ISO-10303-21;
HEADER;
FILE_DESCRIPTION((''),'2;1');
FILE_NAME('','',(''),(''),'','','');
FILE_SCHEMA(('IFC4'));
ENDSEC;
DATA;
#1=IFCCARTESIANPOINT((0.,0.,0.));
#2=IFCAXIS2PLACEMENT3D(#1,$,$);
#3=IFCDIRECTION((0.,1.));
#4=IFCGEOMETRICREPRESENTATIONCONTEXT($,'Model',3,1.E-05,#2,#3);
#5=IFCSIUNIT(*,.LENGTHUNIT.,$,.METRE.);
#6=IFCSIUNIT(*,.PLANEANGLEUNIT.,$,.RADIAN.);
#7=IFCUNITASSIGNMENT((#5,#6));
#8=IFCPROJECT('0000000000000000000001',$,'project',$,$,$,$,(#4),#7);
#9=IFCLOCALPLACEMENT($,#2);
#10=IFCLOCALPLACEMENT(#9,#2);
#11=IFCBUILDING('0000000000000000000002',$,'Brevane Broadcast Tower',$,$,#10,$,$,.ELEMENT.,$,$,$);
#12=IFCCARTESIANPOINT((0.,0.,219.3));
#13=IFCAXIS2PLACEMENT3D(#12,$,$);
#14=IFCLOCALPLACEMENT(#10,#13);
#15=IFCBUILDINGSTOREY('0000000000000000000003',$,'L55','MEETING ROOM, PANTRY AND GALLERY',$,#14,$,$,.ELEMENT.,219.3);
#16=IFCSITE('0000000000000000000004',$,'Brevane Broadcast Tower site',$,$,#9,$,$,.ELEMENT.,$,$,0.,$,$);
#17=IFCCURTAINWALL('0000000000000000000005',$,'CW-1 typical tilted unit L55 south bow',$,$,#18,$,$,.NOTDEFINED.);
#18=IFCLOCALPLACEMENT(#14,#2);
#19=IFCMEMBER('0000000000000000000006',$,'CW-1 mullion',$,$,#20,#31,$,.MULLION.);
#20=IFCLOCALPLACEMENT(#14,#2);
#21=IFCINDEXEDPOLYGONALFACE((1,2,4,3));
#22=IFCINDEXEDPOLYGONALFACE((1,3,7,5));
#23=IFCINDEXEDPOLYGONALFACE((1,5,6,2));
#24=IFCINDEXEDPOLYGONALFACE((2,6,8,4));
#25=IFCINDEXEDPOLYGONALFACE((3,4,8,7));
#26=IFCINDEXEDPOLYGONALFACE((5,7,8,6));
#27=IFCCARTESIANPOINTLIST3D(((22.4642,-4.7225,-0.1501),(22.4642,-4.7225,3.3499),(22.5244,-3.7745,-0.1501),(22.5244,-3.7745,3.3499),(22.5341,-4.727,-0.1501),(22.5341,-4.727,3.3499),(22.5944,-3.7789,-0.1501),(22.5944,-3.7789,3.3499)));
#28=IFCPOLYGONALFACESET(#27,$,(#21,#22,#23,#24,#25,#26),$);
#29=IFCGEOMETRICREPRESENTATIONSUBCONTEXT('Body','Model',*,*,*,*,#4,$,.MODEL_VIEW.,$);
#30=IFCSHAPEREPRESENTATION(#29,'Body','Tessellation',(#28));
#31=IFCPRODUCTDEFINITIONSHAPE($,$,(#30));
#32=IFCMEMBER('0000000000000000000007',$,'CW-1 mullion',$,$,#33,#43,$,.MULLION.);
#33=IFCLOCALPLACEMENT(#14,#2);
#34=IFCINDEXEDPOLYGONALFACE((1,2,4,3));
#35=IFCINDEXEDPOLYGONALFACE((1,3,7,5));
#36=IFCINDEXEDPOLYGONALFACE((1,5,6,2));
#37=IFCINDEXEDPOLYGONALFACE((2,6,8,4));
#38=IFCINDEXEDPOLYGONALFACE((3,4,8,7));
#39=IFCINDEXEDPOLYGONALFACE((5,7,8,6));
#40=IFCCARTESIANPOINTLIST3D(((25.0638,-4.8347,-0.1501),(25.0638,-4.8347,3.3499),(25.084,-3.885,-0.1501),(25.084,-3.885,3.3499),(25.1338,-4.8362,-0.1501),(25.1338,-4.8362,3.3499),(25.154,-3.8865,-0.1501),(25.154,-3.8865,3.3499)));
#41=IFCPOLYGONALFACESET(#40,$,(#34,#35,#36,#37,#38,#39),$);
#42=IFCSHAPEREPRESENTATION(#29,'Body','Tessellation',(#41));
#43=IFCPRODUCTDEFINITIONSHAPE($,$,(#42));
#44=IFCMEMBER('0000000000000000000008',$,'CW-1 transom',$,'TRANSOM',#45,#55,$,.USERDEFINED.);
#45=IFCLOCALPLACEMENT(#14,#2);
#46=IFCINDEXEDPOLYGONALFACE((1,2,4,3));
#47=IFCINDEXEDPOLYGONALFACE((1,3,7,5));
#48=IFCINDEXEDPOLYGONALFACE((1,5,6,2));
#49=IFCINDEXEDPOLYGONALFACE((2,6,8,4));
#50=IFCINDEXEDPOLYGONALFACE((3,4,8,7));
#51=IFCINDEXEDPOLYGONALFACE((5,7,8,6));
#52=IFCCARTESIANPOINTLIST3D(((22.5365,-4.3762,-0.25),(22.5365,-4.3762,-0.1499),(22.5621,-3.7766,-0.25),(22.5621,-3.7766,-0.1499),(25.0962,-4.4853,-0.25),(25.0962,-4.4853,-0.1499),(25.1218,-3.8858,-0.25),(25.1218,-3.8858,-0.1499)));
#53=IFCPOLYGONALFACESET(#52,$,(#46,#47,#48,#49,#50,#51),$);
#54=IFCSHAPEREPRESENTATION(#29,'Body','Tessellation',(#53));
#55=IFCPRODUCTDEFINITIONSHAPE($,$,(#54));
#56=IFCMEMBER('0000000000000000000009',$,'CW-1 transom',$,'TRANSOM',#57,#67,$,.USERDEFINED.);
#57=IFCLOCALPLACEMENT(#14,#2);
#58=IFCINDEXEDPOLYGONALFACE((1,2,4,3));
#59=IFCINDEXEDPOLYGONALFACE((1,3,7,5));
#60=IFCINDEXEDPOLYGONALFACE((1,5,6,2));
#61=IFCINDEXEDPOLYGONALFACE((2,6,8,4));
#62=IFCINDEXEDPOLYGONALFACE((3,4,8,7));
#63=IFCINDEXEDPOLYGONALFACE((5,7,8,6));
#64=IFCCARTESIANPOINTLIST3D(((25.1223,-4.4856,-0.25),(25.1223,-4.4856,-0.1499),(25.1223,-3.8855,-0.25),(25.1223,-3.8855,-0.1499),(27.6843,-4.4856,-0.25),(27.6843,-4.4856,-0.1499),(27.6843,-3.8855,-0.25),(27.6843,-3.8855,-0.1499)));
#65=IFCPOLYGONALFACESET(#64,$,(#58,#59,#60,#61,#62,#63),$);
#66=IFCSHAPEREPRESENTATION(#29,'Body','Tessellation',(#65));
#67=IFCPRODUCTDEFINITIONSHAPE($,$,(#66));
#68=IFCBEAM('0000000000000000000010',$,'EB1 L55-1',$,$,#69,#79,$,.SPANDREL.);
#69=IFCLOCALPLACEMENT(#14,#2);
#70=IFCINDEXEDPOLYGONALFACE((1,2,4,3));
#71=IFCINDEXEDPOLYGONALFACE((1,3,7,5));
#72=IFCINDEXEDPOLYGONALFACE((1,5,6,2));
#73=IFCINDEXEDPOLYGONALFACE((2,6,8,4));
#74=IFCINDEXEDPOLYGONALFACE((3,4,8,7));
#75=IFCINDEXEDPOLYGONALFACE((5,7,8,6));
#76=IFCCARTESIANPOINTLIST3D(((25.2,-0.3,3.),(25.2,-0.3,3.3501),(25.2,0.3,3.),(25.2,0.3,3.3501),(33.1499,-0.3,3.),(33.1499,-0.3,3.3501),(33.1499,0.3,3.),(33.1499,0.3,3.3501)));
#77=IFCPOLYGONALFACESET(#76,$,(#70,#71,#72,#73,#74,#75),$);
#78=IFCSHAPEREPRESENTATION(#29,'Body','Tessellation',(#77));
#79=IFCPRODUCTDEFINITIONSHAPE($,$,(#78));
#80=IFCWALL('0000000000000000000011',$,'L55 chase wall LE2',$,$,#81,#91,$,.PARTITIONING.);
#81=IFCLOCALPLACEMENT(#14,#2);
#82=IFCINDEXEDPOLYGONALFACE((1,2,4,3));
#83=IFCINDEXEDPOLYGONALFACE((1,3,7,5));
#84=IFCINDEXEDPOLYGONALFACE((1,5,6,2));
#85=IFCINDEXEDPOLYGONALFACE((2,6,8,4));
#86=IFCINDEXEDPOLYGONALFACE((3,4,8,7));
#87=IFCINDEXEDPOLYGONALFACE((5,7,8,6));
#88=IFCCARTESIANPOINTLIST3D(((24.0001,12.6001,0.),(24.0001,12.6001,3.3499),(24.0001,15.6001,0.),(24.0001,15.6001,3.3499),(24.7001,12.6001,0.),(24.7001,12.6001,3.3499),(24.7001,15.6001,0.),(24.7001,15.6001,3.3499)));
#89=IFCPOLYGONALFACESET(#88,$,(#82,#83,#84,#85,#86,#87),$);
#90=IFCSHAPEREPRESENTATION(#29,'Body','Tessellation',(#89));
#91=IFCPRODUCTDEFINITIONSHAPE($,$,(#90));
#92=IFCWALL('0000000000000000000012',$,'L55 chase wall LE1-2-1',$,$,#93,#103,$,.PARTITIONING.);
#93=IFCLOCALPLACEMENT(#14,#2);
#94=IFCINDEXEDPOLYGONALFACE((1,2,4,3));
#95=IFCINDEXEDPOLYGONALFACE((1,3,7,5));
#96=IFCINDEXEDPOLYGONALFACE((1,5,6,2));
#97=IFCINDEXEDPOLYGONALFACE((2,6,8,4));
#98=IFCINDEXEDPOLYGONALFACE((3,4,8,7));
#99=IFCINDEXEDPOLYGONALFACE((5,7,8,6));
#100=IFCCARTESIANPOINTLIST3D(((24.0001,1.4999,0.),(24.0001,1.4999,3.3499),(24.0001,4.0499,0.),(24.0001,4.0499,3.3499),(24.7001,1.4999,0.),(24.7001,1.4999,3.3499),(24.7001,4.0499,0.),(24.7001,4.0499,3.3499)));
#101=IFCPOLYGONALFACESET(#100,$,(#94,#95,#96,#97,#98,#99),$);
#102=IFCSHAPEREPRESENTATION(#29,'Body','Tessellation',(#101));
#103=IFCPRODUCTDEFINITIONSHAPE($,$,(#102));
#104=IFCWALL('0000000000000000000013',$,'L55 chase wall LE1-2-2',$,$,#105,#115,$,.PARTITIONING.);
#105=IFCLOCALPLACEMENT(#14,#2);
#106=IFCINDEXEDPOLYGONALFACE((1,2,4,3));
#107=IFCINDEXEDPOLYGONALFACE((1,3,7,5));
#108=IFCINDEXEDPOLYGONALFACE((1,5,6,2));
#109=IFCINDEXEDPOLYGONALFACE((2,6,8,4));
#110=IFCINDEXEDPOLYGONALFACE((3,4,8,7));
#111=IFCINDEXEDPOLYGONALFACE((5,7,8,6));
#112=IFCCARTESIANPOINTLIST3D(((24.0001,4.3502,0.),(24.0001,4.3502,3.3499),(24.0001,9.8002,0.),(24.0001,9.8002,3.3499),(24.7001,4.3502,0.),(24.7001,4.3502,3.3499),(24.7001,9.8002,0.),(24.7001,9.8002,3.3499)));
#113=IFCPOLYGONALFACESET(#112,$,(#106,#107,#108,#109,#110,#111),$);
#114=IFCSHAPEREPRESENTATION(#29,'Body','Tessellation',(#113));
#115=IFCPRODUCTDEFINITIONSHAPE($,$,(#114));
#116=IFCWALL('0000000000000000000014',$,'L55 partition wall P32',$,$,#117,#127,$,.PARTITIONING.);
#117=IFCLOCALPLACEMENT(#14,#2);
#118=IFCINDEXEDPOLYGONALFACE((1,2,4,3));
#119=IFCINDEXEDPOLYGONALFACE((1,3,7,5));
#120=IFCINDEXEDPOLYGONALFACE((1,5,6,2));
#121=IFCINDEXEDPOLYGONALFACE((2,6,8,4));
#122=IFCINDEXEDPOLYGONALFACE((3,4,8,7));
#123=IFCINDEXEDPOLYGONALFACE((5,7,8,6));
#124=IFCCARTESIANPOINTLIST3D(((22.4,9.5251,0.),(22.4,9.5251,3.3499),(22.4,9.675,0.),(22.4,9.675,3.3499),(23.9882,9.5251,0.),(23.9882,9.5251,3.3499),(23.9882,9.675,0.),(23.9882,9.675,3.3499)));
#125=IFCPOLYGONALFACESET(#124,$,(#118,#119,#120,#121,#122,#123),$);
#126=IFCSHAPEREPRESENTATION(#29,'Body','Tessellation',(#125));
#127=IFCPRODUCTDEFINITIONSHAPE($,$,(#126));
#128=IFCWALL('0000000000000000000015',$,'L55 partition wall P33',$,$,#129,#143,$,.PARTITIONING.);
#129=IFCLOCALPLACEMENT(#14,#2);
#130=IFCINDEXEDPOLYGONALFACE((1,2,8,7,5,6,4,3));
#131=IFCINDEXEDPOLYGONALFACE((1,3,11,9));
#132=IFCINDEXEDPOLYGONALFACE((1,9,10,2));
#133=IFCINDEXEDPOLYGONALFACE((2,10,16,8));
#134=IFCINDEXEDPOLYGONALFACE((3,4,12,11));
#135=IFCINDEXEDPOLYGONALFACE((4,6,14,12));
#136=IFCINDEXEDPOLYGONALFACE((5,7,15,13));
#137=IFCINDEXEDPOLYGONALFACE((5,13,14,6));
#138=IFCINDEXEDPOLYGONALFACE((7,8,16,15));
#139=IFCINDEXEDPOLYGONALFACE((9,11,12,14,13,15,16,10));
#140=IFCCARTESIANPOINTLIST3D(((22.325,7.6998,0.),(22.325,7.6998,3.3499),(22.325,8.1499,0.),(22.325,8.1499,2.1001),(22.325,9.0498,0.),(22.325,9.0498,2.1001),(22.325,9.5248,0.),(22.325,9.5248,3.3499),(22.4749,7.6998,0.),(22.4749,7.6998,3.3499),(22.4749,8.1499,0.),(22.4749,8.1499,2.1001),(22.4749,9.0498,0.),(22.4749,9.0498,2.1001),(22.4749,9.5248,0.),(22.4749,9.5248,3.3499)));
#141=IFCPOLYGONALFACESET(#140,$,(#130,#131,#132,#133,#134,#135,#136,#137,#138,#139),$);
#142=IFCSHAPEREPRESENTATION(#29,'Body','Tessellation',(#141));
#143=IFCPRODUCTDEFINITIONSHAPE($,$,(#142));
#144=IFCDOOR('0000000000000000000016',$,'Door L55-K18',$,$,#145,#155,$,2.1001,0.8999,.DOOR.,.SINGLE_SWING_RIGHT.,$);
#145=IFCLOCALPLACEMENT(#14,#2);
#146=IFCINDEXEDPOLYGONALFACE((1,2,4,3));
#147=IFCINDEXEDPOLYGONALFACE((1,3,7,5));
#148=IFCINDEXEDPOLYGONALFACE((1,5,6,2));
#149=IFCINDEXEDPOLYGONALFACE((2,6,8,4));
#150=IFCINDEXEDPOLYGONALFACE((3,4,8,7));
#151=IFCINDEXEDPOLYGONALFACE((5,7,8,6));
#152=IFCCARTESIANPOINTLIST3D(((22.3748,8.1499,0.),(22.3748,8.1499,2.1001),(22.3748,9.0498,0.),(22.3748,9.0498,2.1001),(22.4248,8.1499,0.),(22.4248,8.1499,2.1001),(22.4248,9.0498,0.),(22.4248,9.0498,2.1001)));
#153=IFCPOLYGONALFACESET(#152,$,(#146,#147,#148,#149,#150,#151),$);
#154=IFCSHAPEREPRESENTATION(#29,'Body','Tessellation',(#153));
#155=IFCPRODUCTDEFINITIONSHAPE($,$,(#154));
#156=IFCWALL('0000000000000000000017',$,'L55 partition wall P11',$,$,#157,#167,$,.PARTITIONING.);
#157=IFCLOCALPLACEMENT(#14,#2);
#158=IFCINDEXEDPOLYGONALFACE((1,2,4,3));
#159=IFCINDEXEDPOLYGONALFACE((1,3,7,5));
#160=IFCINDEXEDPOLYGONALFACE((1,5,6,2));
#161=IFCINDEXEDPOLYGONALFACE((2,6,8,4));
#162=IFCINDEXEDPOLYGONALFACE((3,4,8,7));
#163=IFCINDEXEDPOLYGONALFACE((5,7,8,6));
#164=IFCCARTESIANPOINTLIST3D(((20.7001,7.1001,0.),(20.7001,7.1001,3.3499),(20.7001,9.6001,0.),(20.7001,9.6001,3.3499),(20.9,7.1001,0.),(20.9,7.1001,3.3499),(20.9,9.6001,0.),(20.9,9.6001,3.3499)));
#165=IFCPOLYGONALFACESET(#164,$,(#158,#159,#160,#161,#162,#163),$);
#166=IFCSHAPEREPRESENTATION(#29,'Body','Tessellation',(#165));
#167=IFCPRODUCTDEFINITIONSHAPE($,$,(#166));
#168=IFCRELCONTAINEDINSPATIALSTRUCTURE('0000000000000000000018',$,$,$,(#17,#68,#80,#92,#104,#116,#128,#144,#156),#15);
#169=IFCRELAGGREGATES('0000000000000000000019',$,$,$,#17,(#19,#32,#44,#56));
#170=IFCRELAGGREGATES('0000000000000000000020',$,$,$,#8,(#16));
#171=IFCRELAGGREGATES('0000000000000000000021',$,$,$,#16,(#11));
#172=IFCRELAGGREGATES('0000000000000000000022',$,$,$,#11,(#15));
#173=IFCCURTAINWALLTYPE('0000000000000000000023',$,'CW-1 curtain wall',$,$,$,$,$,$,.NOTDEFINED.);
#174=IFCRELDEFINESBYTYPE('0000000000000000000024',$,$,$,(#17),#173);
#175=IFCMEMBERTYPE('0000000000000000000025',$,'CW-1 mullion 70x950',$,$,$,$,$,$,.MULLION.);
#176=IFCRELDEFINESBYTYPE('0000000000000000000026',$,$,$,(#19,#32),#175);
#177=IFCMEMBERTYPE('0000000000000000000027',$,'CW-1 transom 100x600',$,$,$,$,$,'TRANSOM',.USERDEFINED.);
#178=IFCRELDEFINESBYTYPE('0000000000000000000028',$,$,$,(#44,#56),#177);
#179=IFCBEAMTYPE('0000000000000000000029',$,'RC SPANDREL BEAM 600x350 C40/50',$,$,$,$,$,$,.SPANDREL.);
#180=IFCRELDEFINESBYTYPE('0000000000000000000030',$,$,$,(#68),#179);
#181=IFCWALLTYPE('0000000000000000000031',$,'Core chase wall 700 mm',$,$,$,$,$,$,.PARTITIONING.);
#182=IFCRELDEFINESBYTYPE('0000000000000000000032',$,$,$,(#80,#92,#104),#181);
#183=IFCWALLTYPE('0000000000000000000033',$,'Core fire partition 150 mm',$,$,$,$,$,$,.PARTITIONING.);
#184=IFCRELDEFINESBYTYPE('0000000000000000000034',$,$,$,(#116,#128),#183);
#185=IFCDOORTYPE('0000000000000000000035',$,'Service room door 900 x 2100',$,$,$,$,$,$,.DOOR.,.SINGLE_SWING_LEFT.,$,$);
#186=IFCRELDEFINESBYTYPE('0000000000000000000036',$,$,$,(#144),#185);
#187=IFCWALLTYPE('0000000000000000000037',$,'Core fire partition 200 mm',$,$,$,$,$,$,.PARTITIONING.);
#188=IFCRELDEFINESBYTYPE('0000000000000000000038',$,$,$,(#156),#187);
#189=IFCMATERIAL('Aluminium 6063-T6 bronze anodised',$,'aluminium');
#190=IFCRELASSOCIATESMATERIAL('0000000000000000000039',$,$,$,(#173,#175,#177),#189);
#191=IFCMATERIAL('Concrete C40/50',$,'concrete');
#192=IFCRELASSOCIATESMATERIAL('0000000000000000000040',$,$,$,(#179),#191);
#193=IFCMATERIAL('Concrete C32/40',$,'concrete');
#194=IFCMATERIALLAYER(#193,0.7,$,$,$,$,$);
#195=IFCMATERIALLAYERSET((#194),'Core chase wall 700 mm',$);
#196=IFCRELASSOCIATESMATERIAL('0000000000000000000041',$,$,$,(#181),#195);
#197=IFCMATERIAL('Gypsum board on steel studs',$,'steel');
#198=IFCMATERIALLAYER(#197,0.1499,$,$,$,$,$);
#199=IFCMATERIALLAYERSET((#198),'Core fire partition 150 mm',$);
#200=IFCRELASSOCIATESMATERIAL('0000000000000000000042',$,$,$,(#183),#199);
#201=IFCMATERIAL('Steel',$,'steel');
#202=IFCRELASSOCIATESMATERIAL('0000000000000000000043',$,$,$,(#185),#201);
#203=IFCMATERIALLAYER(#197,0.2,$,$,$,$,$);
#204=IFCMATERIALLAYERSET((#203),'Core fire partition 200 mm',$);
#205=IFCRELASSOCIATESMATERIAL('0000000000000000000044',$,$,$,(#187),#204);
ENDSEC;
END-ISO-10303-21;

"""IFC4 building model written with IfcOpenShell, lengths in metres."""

from ifc_helpers import new_model, si_unit, direction, frame, frame_2d, origin, origin_2d, place, context, subcontext, project, spatial, rectangle, extrude, material, layer, layer_set, material_profile, profile_set, type_object, element, fill, aggregate, save


model = new_model("IFC4")

# Units and contexts
model_context = context("Model", 3, precision=1e-05, world=origin(), true_north=direction((0.0, 1.0)))
body_context = subcontext(model_context, "Body", "Model", "MODEL_VIEW")
ifc_project = project(units=[si_unit("LENGTHUNIT", "METRE"), si_unit("PLANEANGLEUNIT", "RADIAN")], contexts=[model_context])

# Site, building, storey
site_placement = place(None, origin())
site = spatial("IfcSite", under=ifc_project, at=site_placement, Name="Brevane Broadcast Tower site", CompositionType="ELEMENT", RefElevation=0.0)
building_placement = place(site_placement, origin())
building = spatial("IfcBuilding", under=site, at=building_placement, Name="Brevane Broadcast Tower", CompositionType="ELEMENT")
storey_placement = place(building_placement, frame((0.0, 0.0, 219.3)))
storey = spatial("IfcBuildingStorey", under=building, at=storey_placement, Name="L55", Description="MEETING ROOM, PANTRY AND GALLERY", CompositionType="ELEMENT", Elevation=219.3)

# Curtain wall, members
ifc_material_1 = material(Name="Aluminium 6063-T6 bronze anodised", Category="aluminium")
curtain_wall_type = type_object("IfcCurtainWallType", Name="CW-1 curtain wall", PredefinedType="NOTDEFINED", material=ifc_material_1)
curtain_wall_placement = place(storey_placement, origin())
curtain_wall = element("IfcCurtainWall", 1, at=curtain_wall_placement, inside=storey, type_object=curtain_wall_type, Name="CW-1 typical tilted unit L55 south bow", PredefinedType="NOTDEFINED")
ifc_material_profile_1 = material_profile(ifc_material_1, rectangle(XDim=0.95, YDim=0.0701, at=origin_2d()), Name="RECT 70x950")
ifc_profile_set_1 = profile_set([ifc_material_profile_1], Name="Aluminium 6063-T6 bronze anodised")
member_type_1 = type_object("IfcMemberType", Name="CW-1 mullion 70x950", PredefinedType="MULLION", material=ifc_profile_set_1)
member_1_placement = place(storey_placement, frame((22.5293, -4.2507, -0.1501), z_axis=(0.0, 0.0, 1.0), x_axis=(0.063406, 0.997988, 0.0)))
member_1 = element("IfcMember", 2, at=member_1_placement, type_object=member_type_1, Name="CW-1 mullion", PredefinedType="MULLION", context=body_context, shape_type="SweptSolid", body=[
    extrude(rectangle(XDim=0.95, YDim=0.0701, at=origin_2d()), origin(), (0.0, 0.0, 1.0), 3.5),
])
member_2_placement = place(storey_placement, frame((25.1089, -4.3606, -0.1501), z_axis=(0.0, 0.0, 1.0), x_axis=(0.021282, 0.999774, 0.0)))
member_2 = element("IfcMember", 3, at=member_2_placement, type_object=member_type_1, Name="CW-1 mullion", PredefinedType="MULLION", context=body_context, shape_type="SweptSolid", body=[
    extrude(rectangle(XDim=0.95, YDim=0.0701, at=origin_2d()), origin(), (0.0, 0.0, 1.0), 3.5),
])
ifc_material_profile_2 = material_profile(ifc_material_1, rectangle(XDim=0.6001, YDim=0.1001, at=origin_2d()), Name="RECT 100x600")
ifc_profile_set_2 = profile_set([ifc_material_profile_2], Name="Aluminium 6063-T6 bronze anodised")
member_type_2 = type_object("IfcMemberType", Name="CW-1 transom 100x600", ElementType="TRANSOM", PredefinedType="USERDEFINED", material=ifc_profile_set_2)
member_3_placement = place(storey_placement, frame((22.5493, -4.0764, -0.2), z_axis=(0.999092, -0.042598, 0.0), x_axis=(0.042598, 0.999092, 0.0)))
member_3 = element("IfcMember", 4, at=member_3_placement, type_object=member_type_2, Name="CW-1 transom", ObjectType="TRANSOM", PredefinedType="USERDEFINED", context=body_context, shape_type="SweptSolid", body=[
    extrude(rectangle(XDim=0.6001, YDim=0.1001, at=origin_2d()), origin(), (0.0, 0.0, 1.0), 2.562),
])
member_4_placement = place(storey_placement, frame((25.1223, -4.1855, -0.2), z_axis=(1.0, 0.0, 0.0), x_axis=(0.0, 1.0, 0.0)))
member_4 = element("IfcMember", 5, at=member_4_placement, type_object=member_type_2, Name="CW-1 transom", ObjectType="TRANSOM", PredefinedType="USERDEFINED", context=body_context, shape_type="SweptSolid", body=[
    extrude(rectangle(XDim=0.6001, YDim=0.1001, at=origin_2d()), origin(), (0.0, 0.0, 1.0), 2.562),
])
aggregate(curtain_wall, [member_1, member_2, member_3, member_4])

# Beam
ifc_material_2 = material(Name="Concrete C40/50", Category="concrete")
ifc_material_profile_3 = material_profile(ifc_material_2, rectangle(XDim=0.6001, YDim=0.3501, at=origin_2d()), Name="RC 600x350")
ifc_profile_set_3 = profile_set([ifc_material_profile_3], Name="Concrete C40/50")
beam_type = type_object("IfcBeamType", Name="RC SPANDREL BEAM 600x350 C40/50", PredefinedType="SPANDREL", material=ifc_profile_set_3)
beam_placement = place(storey_placement, frame((25.2, 0.0, 3.175), z_axis=(1.0, 0.0, 0.0), x_axis=(0.0, 1.0, 0.0)))
element("IfcBeam", 6, at=beam_placement, inside=storey, type_object=beam_type, Name="EB1 L55-1", PredefinedType="SPANDREL", context=body_context, shape_type="SweptSolid", body=[
    extrude(rectangle(XDim=0.6001, YDim=0.3501, at=origin_2d()), origin(), (0.0, 0.0, 1.0), 7.95),
])

# Walls
ifc_material_3 = material(Name="Concrete C32/40", Category="concrete")
ifc_layer_1 = layer(ifc_material_3, 0.7)
ifc_layer_set_1 = layer_set([ifc_layer_1], Name="Core chase wall 700 mm")
wall_type_1 = type_object("IfcWallType", Name="Core chase wall 700 mm", PredefinedType="PARTITIONING", material=ifc_layer_set_1)
wall_1_placement = place(storey_placement, frame((24.3501, 12.6001, 0.0), z_axis=(0.0, 0.0, 1.0), x_axis=(0.0, 1.0, 0.0)))
element("IfcWall", 7, at=wall_1_placement, inside=storey, type_object=wall_type_1, Name="L55 chase wall LE2", PredefinedType="PARTITIONING", context=body_context, shape_type="SweptSolid", body=[
    extrude(rectangle(XDim=3.0, YDim=0.7, at=frame_2d((1.5, 0.0))), origin(), (0.0, 0.0, 1.0), 3.3499),
])
wall_2_placement = place(storey_placement, frame((24.3501, 1.5, 0.0), z_axis=(0.0, 0.0, 1.0), x_axis=(0.0, 1.0, 0.0)))
element("IfcWall", 8, at=wall_2_placement, inside=storey, type_object=wall_type_1, Name="L55 chase wall LE1-2-1", PredefinedType="PARTITIONING", context=body_context, shape_type="SweptSolid", body=[
    extrude(rectangle(XDim=2.55, YDim=0.7, at=frame_2d((1.2749, 0.0))), origin(), (0.0, 0.0, 1.0), 3.3499),
])
wall_3_placement = place(storey_placement, frame((24.3501, 4.3501, 0.0), z_axis=(0.0, 0.0, 1.0), x_axis=(0.0, 1.0, 0.0)))
element("IfcWall", 9, at=wall_3_placement, inside=storey, type_object=wall_type_1, Name="L55 chase wall LE1-2-2", PredefinedType="PARTITIONING", context=body_context, shape_type="SweptSolid", body=[
    extrude(rectangle(XDim=5.45, YDim=0.7, at=frame_2d((2.7251, 0.0))), origin(), (0.0, 0.0, 1.0), 3.3499),
])
ifc_material_4 = material(Name="Gypsum board on steel studs", Category="steel")
ifc_layer_2 = layer(ifc_material_4, 0.1499)
ifc_layer_set_2 = layer_set([ifc_layer_2], Name="Core fire partition 150 mm")
wall_type_2 = type_object("IfcWallType", Name="Core fire partition 150 mm", PredefinedType="PARTITIONING", material=ifc_layer_set_2)
wall_4_placement = place(storey_placement, frame((23.988, 9.6001, 0.0), z_axis=(0.0, 0.0, 1.0), x_axis=(-1.0, 0.0, 0.0)))
element("IfcWall", 10, at=wall_4_placement, inside=storey, type_object=wall_type_2, Name="L55 partition wall P32", PredefinedType="PARTITIONING", context=body_context, shape_type="SweptSolid", body=[
    extrude(rectangle(XDim=1.5881, YDim=0.1499, at=frame_2d((0.7939, 0.0))), origin(), (0.0, 0.0, 1.0), 3.3499),
])

# Wall, opening, door
wall_5_placement = place(storey_placement, frame((22.3999, 9.5249, 0.0), z_axis=(0.0, 0.0, 1.0), x_axis=(0.0, -1.0, 0.0)))
wall_5 = element("IfcWall", 11, at=wall_5_placement, inside=storey, type_object=wall_type_2, Name="L55 partition wall P33", PredefinedType="PARTITIONING", context=body_context, shape_type="SweptSolid", body=[
    extrude(rectangle(XDim=1.825, YDim=0.1499, at=frame_2d((0.9126, 0.0))), origin(), (0.0, 0.0, 1.0), 3.3499),
])
opening_1_placement = place(wall_5_placement, frame((0.4751, 0.0, 0.0)))
opening_1 = element("IfcOpeningElement", 12, at=opening_1_placement, cuts=wall_5, PredefinedType="OPENING", context=body_context, shape_type="SweptSolid", body=[
    extrude(rectangle(XDim=0.8999, YDim=2.1001, at=frame_2d((0.45, 1.05))), frame((0.0, 0.085, 0.0), z_axis=(0.0, -1.0, 0.0), x_axis=(1.0, 0.0, 0.0)), (0.0, 0.0, 1.0), 0.1699),
])
ifc_material_5 = material(Name="Steel", Category="steel")
door_type = type_object("IfcDoorType", Name="Service room door 900 x 2100", OperationType="SINGLE_SWING_LEFT", PredefinedType="DOOR", material=ifc_material_5)
door_1_placement = place(opening_1_placement, origin())
door_1 = element("IfcDoor", 13, at=door_1_placement, inside=storey, type_object=door_type, Name="Door L55-K18", OperationType="SINGLE_SWING_RIGHT", OverallHeight=2.1001, OverallWidth=0.8999, PredefinedType="DOOR", context=body_context, shape_type="SweptSolid", body=[
    extrude(rectangle(XDim=0.8999, YDim=2.1001, at=frame_2d((0.45, 1.05))), frame((0.0, 0.0249, 0.0), z_axis=(0.0, -1.0, 0.0), x_axis=(1.0, 0.0, 0.0)), (0.0, 0.0, 1.0), 0.05),
])
fill(opening_1, door_1)

# Wall
ifc_layer_3 = layer(ifc_material_4, 0.2)
ifc_layer_set_3 = layer_set([ifc_layer_3], Name="Core fire partition 200 mm")
wall_type_3 = type_object("IfcWallType", Name="Core fire partition 200 mm", PredefinedType="PARTITIONING", material=ifc_layer_set_3)
wall_6_placement = place(storey_placement, frame((20.8, 7.1001, 0.0), z_axis=(0.0, 0.0, 1.0), x_axis=(0.0, 1.0, 0.0)))
element("IfcWall", 14, at=wall_6_placement, inside=storey, type_object=wall_type_3, Name="L55 partition wall P11", PredefinedType="PARTITIONING", context=body_context, shape_type="SweptSolid", body=[
    extrude(rectangle(XDim=2.5, YDim=0.2, at=frame_2d((1.25, 0.0))), origin(), (0.0, 0.0, 1.0), 3.3499),
])

save(model, "model.ifc")
